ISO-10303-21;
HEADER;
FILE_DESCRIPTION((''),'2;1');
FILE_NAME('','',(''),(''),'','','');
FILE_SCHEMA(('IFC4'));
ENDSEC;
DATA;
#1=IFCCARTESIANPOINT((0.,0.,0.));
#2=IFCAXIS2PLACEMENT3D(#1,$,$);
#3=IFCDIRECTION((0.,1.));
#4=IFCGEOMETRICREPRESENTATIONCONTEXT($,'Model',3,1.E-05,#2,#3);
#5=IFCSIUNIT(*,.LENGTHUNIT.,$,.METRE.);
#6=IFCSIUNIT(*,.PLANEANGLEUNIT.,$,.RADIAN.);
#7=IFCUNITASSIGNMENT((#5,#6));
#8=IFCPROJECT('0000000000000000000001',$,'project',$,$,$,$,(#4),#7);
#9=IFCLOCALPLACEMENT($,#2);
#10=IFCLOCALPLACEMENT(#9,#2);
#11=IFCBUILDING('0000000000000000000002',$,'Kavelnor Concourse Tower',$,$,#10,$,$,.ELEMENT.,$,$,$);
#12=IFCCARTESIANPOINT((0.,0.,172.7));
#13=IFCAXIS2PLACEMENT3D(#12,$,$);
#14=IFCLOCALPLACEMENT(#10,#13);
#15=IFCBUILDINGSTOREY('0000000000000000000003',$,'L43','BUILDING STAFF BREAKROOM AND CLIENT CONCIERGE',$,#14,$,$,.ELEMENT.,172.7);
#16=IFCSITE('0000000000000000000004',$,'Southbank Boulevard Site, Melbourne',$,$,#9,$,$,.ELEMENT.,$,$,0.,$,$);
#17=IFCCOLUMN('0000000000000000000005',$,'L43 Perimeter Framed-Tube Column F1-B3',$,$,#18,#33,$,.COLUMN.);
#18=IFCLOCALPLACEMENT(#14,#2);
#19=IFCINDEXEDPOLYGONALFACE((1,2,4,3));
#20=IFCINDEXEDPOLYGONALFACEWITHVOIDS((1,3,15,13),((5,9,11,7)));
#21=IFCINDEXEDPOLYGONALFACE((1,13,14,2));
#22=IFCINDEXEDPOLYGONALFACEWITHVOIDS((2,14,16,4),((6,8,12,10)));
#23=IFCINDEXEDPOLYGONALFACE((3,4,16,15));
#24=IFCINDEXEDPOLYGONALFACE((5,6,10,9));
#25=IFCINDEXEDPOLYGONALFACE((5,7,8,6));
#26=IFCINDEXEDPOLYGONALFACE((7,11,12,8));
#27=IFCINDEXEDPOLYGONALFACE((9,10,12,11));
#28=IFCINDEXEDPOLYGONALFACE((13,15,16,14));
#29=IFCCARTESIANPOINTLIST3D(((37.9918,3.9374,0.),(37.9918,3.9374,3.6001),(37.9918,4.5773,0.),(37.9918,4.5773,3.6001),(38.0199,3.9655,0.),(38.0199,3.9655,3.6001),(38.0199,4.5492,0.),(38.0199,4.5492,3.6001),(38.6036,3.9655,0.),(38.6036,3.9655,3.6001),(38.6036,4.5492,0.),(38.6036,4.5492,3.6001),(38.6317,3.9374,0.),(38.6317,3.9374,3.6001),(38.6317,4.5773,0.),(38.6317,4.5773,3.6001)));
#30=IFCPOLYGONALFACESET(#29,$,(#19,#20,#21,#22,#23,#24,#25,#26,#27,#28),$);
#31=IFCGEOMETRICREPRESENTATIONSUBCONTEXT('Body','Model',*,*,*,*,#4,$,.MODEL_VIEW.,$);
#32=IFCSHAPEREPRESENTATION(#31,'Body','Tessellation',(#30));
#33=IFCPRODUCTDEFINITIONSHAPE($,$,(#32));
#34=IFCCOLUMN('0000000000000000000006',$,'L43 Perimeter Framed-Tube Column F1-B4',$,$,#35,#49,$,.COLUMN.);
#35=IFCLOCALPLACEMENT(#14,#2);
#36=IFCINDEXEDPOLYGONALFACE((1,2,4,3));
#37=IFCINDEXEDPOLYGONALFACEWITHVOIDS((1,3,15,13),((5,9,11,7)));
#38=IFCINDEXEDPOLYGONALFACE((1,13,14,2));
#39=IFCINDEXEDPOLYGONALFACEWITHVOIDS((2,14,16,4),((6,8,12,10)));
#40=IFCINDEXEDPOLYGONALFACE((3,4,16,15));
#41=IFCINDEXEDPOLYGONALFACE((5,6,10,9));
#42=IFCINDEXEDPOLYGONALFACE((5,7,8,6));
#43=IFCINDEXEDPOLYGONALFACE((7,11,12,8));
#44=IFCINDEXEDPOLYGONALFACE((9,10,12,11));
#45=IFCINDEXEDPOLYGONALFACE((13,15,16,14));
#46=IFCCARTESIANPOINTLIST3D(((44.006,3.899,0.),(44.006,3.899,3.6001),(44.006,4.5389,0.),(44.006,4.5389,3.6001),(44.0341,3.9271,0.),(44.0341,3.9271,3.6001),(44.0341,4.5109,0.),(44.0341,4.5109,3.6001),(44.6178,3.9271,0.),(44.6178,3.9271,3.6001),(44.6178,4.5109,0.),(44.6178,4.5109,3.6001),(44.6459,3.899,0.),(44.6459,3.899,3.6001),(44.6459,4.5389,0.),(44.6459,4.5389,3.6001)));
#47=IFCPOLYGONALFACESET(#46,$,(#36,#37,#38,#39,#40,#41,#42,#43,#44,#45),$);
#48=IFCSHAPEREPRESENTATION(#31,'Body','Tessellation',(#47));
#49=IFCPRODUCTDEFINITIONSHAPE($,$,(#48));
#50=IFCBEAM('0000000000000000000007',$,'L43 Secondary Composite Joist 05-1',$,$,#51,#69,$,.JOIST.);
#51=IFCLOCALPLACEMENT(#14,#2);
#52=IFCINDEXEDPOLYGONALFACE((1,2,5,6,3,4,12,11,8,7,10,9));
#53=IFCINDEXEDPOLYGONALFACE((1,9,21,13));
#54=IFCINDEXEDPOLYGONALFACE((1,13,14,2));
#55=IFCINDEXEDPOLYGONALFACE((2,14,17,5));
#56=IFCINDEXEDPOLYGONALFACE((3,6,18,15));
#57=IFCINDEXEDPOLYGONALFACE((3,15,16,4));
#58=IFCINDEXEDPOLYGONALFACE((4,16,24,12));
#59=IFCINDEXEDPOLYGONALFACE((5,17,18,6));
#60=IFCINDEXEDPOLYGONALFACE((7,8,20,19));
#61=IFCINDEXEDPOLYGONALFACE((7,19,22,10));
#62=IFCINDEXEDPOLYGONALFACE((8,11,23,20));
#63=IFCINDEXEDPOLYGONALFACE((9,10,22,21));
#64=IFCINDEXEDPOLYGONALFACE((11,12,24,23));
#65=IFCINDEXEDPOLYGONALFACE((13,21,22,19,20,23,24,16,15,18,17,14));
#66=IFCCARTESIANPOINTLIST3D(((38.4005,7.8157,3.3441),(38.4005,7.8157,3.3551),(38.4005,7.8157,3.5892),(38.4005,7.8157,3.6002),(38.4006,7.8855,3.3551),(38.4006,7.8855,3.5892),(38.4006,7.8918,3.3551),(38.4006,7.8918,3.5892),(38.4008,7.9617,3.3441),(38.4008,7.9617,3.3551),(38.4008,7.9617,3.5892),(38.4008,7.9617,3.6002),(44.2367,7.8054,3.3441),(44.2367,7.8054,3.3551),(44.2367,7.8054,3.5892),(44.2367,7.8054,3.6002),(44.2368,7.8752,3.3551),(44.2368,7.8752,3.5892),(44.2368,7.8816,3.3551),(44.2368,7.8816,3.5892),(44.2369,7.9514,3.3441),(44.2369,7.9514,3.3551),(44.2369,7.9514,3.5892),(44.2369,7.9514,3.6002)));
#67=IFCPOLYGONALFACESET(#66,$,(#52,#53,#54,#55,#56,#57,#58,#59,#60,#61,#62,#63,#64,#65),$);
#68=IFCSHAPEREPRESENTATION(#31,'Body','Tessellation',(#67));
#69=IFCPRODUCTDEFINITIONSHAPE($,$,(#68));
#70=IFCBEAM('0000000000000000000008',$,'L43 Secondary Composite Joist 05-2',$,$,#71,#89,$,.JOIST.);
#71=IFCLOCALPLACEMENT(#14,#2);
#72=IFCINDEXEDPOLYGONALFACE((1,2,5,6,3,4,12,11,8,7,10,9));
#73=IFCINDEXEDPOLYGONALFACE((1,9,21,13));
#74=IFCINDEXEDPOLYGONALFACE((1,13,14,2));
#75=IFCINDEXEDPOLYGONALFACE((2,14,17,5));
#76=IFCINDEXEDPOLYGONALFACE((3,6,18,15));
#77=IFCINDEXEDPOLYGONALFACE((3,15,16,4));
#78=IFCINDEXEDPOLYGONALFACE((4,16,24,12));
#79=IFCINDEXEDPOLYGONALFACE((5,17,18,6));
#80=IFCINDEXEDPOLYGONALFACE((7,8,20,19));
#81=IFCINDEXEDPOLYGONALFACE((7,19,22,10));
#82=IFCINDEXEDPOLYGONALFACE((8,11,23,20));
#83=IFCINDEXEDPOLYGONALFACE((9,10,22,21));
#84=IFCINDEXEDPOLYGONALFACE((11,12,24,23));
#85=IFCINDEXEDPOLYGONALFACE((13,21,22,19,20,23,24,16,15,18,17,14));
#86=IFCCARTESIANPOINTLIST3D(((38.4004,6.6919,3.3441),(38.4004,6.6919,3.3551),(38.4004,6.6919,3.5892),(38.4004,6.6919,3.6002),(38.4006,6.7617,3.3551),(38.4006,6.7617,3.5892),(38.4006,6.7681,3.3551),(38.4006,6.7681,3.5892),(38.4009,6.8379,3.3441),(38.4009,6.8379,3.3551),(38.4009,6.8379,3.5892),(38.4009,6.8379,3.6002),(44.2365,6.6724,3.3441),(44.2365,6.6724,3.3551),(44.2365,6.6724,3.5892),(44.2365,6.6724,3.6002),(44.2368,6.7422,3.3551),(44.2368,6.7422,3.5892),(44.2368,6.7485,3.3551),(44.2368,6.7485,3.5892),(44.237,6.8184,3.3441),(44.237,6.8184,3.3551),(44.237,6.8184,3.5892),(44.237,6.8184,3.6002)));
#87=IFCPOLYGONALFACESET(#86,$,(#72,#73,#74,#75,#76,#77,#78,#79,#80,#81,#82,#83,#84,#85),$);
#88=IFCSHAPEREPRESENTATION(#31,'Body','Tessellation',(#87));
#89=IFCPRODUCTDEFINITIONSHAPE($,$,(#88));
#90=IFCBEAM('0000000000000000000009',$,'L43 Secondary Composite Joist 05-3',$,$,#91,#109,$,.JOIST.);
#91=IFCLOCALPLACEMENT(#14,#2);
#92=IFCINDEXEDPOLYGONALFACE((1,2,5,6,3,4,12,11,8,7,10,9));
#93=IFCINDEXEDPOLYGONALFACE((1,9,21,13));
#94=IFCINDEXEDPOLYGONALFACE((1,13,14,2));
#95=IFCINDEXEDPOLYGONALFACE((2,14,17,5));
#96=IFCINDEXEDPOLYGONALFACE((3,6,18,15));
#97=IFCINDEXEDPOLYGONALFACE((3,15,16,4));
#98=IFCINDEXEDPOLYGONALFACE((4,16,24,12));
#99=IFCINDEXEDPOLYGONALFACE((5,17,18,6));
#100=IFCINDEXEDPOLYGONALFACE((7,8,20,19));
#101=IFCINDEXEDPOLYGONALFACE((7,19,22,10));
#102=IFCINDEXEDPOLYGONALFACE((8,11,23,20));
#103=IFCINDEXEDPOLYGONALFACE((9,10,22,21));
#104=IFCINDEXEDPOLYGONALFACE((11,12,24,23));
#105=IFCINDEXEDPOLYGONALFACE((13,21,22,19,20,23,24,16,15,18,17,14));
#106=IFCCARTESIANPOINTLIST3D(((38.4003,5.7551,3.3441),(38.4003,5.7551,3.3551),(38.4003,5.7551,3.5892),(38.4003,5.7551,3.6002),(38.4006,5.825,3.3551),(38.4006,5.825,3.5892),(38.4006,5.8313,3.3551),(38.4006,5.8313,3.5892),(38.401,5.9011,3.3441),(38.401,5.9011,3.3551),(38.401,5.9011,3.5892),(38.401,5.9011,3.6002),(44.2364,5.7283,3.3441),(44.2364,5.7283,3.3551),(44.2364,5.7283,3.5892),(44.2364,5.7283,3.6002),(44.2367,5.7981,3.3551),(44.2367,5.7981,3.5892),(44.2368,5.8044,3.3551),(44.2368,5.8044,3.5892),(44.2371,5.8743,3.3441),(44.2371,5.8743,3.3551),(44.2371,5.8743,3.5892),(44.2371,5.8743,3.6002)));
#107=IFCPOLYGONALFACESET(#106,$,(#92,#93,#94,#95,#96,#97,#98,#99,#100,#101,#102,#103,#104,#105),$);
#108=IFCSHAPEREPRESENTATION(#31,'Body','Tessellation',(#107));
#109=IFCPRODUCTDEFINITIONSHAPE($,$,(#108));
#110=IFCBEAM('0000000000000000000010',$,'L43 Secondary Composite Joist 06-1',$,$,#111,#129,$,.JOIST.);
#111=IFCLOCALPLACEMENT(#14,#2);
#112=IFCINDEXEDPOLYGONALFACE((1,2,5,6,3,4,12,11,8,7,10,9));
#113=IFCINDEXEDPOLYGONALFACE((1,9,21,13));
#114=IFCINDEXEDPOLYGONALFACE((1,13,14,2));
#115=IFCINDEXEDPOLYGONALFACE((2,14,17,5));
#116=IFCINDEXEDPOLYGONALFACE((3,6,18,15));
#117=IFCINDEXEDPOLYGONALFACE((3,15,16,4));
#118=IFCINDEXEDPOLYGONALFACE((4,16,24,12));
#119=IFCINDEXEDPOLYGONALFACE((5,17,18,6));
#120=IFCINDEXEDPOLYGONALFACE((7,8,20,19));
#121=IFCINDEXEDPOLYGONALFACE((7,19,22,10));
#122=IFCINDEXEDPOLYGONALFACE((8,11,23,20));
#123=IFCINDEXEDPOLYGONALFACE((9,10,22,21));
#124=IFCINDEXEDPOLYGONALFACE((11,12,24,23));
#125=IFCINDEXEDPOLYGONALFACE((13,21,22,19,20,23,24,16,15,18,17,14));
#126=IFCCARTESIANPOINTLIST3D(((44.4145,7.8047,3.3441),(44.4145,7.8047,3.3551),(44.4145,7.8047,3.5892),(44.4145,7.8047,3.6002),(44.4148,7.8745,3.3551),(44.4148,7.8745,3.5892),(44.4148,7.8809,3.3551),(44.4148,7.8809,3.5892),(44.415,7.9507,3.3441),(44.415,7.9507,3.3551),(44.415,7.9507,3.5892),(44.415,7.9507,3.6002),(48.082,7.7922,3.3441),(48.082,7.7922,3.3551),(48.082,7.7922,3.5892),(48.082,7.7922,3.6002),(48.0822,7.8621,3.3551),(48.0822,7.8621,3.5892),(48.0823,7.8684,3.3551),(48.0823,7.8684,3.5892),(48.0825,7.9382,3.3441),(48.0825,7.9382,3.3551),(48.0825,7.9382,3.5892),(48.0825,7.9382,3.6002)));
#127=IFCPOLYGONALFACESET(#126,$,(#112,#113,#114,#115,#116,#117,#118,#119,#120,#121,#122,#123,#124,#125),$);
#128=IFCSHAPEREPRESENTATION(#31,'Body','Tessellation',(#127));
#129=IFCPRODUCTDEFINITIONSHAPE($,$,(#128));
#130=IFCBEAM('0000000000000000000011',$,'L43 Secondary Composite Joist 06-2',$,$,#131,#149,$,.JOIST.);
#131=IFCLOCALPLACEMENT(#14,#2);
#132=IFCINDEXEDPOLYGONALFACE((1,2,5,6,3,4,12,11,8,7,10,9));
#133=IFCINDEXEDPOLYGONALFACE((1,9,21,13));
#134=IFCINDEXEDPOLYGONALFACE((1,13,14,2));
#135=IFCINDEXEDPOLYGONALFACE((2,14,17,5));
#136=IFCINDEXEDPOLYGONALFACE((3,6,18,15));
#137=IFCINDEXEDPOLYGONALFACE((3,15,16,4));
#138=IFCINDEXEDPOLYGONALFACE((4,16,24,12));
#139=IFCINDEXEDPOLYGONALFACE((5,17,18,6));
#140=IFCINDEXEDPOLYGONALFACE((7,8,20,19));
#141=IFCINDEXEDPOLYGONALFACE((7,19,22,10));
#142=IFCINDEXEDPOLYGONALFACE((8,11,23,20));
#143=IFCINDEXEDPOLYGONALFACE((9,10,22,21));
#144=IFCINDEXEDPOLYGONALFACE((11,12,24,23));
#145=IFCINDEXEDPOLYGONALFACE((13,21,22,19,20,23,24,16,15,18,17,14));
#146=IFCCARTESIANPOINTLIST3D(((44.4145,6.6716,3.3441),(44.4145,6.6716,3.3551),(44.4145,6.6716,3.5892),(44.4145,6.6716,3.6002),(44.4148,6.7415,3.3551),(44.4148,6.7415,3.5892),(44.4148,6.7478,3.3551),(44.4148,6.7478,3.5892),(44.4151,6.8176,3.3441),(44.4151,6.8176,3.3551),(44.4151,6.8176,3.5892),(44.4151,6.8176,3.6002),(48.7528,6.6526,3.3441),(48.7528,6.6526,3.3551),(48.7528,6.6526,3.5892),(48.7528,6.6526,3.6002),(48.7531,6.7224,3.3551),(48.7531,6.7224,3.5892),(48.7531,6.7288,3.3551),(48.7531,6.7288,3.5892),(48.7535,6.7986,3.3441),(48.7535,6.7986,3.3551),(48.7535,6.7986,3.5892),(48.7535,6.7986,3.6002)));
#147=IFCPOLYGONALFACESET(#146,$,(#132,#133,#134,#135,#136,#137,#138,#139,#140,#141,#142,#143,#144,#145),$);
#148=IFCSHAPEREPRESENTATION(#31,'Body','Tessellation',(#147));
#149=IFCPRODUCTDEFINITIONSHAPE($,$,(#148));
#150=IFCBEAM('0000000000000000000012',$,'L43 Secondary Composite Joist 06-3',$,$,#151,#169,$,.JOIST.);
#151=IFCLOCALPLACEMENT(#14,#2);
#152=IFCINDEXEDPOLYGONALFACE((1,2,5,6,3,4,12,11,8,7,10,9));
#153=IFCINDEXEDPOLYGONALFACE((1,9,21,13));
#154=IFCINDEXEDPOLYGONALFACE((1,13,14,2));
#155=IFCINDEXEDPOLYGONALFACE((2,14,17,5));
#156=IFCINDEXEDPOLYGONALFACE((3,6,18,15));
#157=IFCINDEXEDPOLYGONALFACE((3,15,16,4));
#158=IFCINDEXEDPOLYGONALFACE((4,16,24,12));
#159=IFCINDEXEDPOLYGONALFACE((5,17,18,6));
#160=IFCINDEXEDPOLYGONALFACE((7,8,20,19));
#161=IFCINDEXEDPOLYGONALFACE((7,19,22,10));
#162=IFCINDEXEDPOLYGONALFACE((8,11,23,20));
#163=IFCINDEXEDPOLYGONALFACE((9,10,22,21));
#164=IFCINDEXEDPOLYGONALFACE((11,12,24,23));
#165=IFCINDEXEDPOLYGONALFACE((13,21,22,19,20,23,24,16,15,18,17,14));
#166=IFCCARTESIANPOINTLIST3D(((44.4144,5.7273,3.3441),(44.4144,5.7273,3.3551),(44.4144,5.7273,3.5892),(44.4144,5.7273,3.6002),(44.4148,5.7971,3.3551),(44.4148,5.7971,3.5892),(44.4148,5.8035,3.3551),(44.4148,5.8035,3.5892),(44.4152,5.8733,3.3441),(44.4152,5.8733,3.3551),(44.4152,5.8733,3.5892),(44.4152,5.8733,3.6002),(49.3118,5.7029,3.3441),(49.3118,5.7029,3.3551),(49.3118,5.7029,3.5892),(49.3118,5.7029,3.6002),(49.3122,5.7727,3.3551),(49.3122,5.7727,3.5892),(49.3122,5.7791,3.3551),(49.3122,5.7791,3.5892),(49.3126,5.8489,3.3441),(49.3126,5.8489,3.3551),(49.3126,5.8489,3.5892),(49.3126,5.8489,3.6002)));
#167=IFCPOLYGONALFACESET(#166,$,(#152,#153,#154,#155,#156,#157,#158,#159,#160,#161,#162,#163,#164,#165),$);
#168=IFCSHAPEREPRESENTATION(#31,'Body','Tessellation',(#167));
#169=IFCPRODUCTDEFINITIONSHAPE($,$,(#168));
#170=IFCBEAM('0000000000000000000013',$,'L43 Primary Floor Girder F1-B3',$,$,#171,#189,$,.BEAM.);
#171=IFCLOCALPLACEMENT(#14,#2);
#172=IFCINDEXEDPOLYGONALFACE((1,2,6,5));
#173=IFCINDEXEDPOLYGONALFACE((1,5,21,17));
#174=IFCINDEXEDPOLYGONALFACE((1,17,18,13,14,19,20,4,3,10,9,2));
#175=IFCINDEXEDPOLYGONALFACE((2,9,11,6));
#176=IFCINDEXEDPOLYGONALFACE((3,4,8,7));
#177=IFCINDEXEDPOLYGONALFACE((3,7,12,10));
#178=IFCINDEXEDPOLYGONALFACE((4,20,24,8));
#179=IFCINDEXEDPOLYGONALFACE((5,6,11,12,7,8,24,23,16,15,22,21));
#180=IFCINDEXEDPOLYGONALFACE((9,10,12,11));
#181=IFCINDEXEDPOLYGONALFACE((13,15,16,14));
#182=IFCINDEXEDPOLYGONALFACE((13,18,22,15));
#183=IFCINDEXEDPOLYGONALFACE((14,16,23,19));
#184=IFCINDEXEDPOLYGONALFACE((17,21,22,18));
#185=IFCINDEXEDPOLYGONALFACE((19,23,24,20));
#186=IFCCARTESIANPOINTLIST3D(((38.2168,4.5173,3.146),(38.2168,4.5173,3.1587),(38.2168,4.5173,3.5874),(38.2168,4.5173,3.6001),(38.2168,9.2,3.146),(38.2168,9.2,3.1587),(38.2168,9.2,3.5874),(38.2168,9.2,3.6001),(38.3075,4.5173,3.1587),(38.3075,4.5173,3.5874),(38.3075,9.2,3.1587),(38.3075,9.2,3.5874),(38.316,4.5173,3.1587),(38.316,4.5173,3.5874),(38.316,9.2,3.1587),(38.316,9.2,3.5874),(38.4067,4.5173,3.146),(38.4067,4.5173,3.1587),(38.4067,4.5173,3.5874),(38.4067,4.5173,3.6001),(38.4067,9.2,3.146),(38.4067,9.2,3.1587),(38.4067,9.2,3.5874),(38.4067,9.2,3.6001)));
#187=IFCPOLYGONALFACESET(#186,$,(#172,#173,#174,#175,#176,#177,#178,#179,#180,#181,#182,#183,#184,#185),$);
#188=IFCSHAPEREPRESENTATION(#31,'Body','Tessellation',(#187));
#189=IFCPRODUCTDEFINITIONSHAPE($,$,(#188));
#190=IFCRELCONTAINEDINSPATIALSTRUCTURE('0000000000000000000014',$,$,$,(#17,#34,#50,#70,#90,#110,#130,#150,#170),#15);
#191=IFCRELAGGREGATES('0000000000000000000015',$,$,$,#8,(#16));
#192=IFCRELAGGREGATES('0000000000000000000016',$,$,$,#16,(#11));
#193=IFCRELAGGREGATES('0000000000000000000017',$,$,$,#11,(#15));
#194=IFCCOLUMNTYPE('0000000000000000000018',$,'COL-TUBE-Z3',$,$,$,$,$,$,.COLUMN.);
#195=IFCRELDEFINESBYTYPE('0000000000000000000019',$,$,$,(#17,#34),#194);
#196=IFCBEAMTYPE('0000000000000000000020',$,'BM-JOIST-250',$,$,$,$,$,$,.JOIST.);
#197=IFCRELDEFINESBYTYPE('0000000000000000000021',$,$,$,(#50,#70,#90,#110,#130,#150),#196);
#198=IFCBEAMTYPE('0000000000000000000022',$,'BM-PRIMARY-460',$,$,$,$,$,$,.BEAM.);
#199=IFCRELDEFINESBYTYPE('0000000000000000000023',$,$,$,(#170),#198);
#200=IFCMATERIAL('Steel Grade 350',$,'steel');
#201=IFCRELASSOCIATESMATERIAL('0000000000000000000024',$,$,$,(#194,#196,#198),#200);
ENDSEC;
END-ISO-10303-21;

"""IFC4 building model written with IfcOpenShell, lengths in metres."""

from ifc_helpers import new_model, si_unit, direction, frame, origin, origin_2d, place, context, subcontext, project, spatial, hollow_rectangle, i_section, extrude, material, material_profile, profile_set, type_object, element, save


model = new_model("IFC4")

# Units and contexts
model_context = context("Model", 3, precision=1e-05, world=origin(), true_north=direction((0.0, 1.0)))
body_context = subcontext(model_context, "Body", "Model", "MODEL_VIEW")
ifc_project = project(units=[si_unit("LENGTHUNIT", "METRE"), si_unit("PLANEANGLEUNIT", "RADIAN")], contexts=[model_context])

# Site, building, storey
site_placement = place(None, origin())
site = spatial("IfcSite", under=ifc_project, at=site_placement, Name="Southbank Boulevard Site, Melbourne", CompositionType="ELEMENT", RefElevation=0.0)
building_placement = place(site_placement, origin())
building = spatial("IfcBuilding", under=site, at=building_placement, Name="Kavelnor Concourse Tower", CompositionType="ELEMENT")
storey_placement = place(building_placement, frame((0.0, 0.0, 172.7)))
storey = spatial("IfcBuildingStorey", under=building, at=storey_placement, Name="L43", Description="BUILDING STAFF BREAKROOM AND CLIENT CONCIERGE", CompositionType="ELEMENT", Elevation=172.7)

# Columns
ifc_material_1 = material(Name="Steel Grade 350", Category="steel")
ifc_material_profile_1 = material_profile(ifc_material_1, hollow_rectangle(XDim=0.6399, YDim=0.6399, WallThickness=0.0281, at=origin_2d()), Name="SHS 640x640x28")
ifc_profile_set_1 = profile_set([ifc_material_profile_1], Name="Steel Grade 350")
column_type = type_object("IfcColumnType", Name="COL-TUBE-Z3", PredefinedType="COLUMN", material=ifc_profile_set_1)
for number, where, z_axis, x_axis, name in (
    (1, (38.3118, 4.2573, 0.0), (0.0, 0.0, 1.0), (1.0, 0.0, 0.0), "L43 Perimeter Framed-Tube Column F1-B3"),
    (2, (44.3259, 4.219, 0.0), (0.0, 0.0, 1.0), (1.0, 0.0, 0.0), "L43 Perimeter Framed-Tube Column F1-B4"),
):
    element("IfcColumn", number, at=place(storey_placement, frame(where, z_axis=z_axis, x_axis=x_axis)), inside=storey, type_object=column_type, Name=name, PredefinedType="COLUMN", context=body_context, shape_type="SweptSolid", body=[
        extrude(hollow_rectangle(XDim=0.6399, YDim=0.6399, WallThickness=0.0281, at=origin_2d()), origin(), (0.0, 0.0, 1.0), 3.6001),
    ])

# Beams
ifc_material_profile_2 = material_profile(ifc_material_1, i_section(OverallWidth=0.146, OverallDepth=0.2561, WebThickness=0.0063, FlangeThickness=0.011, at=origin_2d()), Name="250UB37")
ifc_profile_set_2 = profile_set([ifc_material_profile_2], Name="Steel Grade 350")
beam_type_1 = type_object("IfcBeamType", Name="BM-JOIST-250", PredefinedType="JOIST", material=ifc_profile_set_2)
for number, where, z_axis, x_axis, name in (
    (3, (38.4006, 7.8887, 3.4722), (0.999998, -0.001757, 0.0), (0.001757, 0.999998, 0.0), "L43 Secondary Composite Joist 05-1"),
    (4, (38.4006, 6.7649, 3.4722), (0.999994, -0.003347, 0.0), (0.003347, 0.999994, 0.0), "L43 Secondary Composite Joist 05-2"),
    (5, (38.4006, 5.8281, 3.4722), (0.999989, -0.004601, 0.0), (0.004601, 0.999989, 0.0), "L43 Secondary Composite Joist 05-3"),
):
    element("IfcBeam", number, at=place(storey_placement, frame(where, z_axis=z_axis, x_axis=x_axis)), inside=storey, type_object=beam_type_1, Name=name, PredefinedType="JOIST", context=body_context, shape_type="SweptSolid", body=[
        extrude(i_section(OverallWidth=0.146, OverallDepth=0.2561, WebThickness=0.0063, FlangeThickness=0.011, at=origin_2d()), origin(), (0.0, 0.0, 1.0), 5.8362),
    ])
beam_1_placement = place(storey_placement, frame((44.4148, 7.8777, 3.4722), z_axis=(0.999994, -0.003395, 0.0), x_axis=(0.003395, 0.999994, 0.0)))
element("IfcBeam", 6, at=beam_1_placement, inside=storey, type_object=beam_type_1, Name="L43 Secondary Composite Joist 06-1", PredefinedType="JOIST", context=body_context, shape_type="SweptSolid", body=[
    extrude(i_section(OverallWidth=0.146, OverallDepth=0.2561, WebThickness=0.0063, FlangeThickness=0.011, at=origin_2d()), origin(), (0.0, 0.0, 1.0), 3.6675),
])
beam_2_placement = place(storey_placement, frame((44.4148, 6.7446, 3.4722), z_axis=(0.99999, -0.004389, 0.0), x_axis=(0.004389, 0.99999, 0.0)))
element("IfcBeam", 7, at=beam_2_placement, inside=storey, type_object=beam_type_1, Name="L43 Secondary Composite Joist 06-2", PredefinedType="JOIST", context=body_context, shape_type="SweptSolid", body=[
    extrude(i_section(OverallWidth=0.146, OverallDepth=0.2561, WebThickness=0.0063, FlangeThickness=0.011, at=origin_2d()), origin(), (0.0, 0.0, 1.0), 4.3384),
])
beam_3_placement = place(storey_placement, frame((44.4148, 5.8003, 3.4722), z_axis=(0.999988, -0.004985, 0.0), x_axis=(0.004985, 0.999988, 0.0)))
element("IfcBeam", 8, at=beam_3_placement, inside=storey, type_object=beam_type_1, Name="L43 Secondary Composite Joist 06-3", PredefinedType="JOIST", context=body_context, shape_type="SweptSolid", body=[
    extrude(i_section(OverallWidth=0.146, OverallDepth=0.2561, WebThickness=0.0063, FlangeThickness=0.011, at=origin_2d()), origin(), (0.0, 0.0, 1.0), 4.8975),
])
ifc_material_profile_3 = material_profile(ifc_material_1, i_section(OverallWidth=0.1899, OverallDepth=0.4541, WebThickness=0.0085, FlangeThickness=0.0127, at=origin_2d()), Name="460UB67")
ifc_profile_set_3 = profile_set([ifc_material_profile_3], Name="Steel Grade 350")
beam_type_2 = type_object("IfcBeamType", Name="BM-PRIMARY-460", PredefinedType="BEAM", material=ifc_profile_set_3)
beam_4_placement = place(storey_placement, frame((38.3118, 9.2, 3.373), z_axis=(0.0, -1.0, 0.0), x_axis=(1.0, 0.0, 0.0)))
element("IfcBeam", 9, at=beam_4_placement, inside=storey, type_object=beam_type_2, Name="L43 Primary Floor Girder F1-B3", PredefinedType="BEAM", context=body_context, shape_type="SweptSolid", body=[
    extrude(i_section(OverallWidth=0.1899, OverallDepth=0.4541, WebThickness=0.0085, FlangeThickness=0.0127, at=origin_2d()), origin(), (0.0, 0.0, 1.0), 4.6826),
])

save(model, "model.ifc")
